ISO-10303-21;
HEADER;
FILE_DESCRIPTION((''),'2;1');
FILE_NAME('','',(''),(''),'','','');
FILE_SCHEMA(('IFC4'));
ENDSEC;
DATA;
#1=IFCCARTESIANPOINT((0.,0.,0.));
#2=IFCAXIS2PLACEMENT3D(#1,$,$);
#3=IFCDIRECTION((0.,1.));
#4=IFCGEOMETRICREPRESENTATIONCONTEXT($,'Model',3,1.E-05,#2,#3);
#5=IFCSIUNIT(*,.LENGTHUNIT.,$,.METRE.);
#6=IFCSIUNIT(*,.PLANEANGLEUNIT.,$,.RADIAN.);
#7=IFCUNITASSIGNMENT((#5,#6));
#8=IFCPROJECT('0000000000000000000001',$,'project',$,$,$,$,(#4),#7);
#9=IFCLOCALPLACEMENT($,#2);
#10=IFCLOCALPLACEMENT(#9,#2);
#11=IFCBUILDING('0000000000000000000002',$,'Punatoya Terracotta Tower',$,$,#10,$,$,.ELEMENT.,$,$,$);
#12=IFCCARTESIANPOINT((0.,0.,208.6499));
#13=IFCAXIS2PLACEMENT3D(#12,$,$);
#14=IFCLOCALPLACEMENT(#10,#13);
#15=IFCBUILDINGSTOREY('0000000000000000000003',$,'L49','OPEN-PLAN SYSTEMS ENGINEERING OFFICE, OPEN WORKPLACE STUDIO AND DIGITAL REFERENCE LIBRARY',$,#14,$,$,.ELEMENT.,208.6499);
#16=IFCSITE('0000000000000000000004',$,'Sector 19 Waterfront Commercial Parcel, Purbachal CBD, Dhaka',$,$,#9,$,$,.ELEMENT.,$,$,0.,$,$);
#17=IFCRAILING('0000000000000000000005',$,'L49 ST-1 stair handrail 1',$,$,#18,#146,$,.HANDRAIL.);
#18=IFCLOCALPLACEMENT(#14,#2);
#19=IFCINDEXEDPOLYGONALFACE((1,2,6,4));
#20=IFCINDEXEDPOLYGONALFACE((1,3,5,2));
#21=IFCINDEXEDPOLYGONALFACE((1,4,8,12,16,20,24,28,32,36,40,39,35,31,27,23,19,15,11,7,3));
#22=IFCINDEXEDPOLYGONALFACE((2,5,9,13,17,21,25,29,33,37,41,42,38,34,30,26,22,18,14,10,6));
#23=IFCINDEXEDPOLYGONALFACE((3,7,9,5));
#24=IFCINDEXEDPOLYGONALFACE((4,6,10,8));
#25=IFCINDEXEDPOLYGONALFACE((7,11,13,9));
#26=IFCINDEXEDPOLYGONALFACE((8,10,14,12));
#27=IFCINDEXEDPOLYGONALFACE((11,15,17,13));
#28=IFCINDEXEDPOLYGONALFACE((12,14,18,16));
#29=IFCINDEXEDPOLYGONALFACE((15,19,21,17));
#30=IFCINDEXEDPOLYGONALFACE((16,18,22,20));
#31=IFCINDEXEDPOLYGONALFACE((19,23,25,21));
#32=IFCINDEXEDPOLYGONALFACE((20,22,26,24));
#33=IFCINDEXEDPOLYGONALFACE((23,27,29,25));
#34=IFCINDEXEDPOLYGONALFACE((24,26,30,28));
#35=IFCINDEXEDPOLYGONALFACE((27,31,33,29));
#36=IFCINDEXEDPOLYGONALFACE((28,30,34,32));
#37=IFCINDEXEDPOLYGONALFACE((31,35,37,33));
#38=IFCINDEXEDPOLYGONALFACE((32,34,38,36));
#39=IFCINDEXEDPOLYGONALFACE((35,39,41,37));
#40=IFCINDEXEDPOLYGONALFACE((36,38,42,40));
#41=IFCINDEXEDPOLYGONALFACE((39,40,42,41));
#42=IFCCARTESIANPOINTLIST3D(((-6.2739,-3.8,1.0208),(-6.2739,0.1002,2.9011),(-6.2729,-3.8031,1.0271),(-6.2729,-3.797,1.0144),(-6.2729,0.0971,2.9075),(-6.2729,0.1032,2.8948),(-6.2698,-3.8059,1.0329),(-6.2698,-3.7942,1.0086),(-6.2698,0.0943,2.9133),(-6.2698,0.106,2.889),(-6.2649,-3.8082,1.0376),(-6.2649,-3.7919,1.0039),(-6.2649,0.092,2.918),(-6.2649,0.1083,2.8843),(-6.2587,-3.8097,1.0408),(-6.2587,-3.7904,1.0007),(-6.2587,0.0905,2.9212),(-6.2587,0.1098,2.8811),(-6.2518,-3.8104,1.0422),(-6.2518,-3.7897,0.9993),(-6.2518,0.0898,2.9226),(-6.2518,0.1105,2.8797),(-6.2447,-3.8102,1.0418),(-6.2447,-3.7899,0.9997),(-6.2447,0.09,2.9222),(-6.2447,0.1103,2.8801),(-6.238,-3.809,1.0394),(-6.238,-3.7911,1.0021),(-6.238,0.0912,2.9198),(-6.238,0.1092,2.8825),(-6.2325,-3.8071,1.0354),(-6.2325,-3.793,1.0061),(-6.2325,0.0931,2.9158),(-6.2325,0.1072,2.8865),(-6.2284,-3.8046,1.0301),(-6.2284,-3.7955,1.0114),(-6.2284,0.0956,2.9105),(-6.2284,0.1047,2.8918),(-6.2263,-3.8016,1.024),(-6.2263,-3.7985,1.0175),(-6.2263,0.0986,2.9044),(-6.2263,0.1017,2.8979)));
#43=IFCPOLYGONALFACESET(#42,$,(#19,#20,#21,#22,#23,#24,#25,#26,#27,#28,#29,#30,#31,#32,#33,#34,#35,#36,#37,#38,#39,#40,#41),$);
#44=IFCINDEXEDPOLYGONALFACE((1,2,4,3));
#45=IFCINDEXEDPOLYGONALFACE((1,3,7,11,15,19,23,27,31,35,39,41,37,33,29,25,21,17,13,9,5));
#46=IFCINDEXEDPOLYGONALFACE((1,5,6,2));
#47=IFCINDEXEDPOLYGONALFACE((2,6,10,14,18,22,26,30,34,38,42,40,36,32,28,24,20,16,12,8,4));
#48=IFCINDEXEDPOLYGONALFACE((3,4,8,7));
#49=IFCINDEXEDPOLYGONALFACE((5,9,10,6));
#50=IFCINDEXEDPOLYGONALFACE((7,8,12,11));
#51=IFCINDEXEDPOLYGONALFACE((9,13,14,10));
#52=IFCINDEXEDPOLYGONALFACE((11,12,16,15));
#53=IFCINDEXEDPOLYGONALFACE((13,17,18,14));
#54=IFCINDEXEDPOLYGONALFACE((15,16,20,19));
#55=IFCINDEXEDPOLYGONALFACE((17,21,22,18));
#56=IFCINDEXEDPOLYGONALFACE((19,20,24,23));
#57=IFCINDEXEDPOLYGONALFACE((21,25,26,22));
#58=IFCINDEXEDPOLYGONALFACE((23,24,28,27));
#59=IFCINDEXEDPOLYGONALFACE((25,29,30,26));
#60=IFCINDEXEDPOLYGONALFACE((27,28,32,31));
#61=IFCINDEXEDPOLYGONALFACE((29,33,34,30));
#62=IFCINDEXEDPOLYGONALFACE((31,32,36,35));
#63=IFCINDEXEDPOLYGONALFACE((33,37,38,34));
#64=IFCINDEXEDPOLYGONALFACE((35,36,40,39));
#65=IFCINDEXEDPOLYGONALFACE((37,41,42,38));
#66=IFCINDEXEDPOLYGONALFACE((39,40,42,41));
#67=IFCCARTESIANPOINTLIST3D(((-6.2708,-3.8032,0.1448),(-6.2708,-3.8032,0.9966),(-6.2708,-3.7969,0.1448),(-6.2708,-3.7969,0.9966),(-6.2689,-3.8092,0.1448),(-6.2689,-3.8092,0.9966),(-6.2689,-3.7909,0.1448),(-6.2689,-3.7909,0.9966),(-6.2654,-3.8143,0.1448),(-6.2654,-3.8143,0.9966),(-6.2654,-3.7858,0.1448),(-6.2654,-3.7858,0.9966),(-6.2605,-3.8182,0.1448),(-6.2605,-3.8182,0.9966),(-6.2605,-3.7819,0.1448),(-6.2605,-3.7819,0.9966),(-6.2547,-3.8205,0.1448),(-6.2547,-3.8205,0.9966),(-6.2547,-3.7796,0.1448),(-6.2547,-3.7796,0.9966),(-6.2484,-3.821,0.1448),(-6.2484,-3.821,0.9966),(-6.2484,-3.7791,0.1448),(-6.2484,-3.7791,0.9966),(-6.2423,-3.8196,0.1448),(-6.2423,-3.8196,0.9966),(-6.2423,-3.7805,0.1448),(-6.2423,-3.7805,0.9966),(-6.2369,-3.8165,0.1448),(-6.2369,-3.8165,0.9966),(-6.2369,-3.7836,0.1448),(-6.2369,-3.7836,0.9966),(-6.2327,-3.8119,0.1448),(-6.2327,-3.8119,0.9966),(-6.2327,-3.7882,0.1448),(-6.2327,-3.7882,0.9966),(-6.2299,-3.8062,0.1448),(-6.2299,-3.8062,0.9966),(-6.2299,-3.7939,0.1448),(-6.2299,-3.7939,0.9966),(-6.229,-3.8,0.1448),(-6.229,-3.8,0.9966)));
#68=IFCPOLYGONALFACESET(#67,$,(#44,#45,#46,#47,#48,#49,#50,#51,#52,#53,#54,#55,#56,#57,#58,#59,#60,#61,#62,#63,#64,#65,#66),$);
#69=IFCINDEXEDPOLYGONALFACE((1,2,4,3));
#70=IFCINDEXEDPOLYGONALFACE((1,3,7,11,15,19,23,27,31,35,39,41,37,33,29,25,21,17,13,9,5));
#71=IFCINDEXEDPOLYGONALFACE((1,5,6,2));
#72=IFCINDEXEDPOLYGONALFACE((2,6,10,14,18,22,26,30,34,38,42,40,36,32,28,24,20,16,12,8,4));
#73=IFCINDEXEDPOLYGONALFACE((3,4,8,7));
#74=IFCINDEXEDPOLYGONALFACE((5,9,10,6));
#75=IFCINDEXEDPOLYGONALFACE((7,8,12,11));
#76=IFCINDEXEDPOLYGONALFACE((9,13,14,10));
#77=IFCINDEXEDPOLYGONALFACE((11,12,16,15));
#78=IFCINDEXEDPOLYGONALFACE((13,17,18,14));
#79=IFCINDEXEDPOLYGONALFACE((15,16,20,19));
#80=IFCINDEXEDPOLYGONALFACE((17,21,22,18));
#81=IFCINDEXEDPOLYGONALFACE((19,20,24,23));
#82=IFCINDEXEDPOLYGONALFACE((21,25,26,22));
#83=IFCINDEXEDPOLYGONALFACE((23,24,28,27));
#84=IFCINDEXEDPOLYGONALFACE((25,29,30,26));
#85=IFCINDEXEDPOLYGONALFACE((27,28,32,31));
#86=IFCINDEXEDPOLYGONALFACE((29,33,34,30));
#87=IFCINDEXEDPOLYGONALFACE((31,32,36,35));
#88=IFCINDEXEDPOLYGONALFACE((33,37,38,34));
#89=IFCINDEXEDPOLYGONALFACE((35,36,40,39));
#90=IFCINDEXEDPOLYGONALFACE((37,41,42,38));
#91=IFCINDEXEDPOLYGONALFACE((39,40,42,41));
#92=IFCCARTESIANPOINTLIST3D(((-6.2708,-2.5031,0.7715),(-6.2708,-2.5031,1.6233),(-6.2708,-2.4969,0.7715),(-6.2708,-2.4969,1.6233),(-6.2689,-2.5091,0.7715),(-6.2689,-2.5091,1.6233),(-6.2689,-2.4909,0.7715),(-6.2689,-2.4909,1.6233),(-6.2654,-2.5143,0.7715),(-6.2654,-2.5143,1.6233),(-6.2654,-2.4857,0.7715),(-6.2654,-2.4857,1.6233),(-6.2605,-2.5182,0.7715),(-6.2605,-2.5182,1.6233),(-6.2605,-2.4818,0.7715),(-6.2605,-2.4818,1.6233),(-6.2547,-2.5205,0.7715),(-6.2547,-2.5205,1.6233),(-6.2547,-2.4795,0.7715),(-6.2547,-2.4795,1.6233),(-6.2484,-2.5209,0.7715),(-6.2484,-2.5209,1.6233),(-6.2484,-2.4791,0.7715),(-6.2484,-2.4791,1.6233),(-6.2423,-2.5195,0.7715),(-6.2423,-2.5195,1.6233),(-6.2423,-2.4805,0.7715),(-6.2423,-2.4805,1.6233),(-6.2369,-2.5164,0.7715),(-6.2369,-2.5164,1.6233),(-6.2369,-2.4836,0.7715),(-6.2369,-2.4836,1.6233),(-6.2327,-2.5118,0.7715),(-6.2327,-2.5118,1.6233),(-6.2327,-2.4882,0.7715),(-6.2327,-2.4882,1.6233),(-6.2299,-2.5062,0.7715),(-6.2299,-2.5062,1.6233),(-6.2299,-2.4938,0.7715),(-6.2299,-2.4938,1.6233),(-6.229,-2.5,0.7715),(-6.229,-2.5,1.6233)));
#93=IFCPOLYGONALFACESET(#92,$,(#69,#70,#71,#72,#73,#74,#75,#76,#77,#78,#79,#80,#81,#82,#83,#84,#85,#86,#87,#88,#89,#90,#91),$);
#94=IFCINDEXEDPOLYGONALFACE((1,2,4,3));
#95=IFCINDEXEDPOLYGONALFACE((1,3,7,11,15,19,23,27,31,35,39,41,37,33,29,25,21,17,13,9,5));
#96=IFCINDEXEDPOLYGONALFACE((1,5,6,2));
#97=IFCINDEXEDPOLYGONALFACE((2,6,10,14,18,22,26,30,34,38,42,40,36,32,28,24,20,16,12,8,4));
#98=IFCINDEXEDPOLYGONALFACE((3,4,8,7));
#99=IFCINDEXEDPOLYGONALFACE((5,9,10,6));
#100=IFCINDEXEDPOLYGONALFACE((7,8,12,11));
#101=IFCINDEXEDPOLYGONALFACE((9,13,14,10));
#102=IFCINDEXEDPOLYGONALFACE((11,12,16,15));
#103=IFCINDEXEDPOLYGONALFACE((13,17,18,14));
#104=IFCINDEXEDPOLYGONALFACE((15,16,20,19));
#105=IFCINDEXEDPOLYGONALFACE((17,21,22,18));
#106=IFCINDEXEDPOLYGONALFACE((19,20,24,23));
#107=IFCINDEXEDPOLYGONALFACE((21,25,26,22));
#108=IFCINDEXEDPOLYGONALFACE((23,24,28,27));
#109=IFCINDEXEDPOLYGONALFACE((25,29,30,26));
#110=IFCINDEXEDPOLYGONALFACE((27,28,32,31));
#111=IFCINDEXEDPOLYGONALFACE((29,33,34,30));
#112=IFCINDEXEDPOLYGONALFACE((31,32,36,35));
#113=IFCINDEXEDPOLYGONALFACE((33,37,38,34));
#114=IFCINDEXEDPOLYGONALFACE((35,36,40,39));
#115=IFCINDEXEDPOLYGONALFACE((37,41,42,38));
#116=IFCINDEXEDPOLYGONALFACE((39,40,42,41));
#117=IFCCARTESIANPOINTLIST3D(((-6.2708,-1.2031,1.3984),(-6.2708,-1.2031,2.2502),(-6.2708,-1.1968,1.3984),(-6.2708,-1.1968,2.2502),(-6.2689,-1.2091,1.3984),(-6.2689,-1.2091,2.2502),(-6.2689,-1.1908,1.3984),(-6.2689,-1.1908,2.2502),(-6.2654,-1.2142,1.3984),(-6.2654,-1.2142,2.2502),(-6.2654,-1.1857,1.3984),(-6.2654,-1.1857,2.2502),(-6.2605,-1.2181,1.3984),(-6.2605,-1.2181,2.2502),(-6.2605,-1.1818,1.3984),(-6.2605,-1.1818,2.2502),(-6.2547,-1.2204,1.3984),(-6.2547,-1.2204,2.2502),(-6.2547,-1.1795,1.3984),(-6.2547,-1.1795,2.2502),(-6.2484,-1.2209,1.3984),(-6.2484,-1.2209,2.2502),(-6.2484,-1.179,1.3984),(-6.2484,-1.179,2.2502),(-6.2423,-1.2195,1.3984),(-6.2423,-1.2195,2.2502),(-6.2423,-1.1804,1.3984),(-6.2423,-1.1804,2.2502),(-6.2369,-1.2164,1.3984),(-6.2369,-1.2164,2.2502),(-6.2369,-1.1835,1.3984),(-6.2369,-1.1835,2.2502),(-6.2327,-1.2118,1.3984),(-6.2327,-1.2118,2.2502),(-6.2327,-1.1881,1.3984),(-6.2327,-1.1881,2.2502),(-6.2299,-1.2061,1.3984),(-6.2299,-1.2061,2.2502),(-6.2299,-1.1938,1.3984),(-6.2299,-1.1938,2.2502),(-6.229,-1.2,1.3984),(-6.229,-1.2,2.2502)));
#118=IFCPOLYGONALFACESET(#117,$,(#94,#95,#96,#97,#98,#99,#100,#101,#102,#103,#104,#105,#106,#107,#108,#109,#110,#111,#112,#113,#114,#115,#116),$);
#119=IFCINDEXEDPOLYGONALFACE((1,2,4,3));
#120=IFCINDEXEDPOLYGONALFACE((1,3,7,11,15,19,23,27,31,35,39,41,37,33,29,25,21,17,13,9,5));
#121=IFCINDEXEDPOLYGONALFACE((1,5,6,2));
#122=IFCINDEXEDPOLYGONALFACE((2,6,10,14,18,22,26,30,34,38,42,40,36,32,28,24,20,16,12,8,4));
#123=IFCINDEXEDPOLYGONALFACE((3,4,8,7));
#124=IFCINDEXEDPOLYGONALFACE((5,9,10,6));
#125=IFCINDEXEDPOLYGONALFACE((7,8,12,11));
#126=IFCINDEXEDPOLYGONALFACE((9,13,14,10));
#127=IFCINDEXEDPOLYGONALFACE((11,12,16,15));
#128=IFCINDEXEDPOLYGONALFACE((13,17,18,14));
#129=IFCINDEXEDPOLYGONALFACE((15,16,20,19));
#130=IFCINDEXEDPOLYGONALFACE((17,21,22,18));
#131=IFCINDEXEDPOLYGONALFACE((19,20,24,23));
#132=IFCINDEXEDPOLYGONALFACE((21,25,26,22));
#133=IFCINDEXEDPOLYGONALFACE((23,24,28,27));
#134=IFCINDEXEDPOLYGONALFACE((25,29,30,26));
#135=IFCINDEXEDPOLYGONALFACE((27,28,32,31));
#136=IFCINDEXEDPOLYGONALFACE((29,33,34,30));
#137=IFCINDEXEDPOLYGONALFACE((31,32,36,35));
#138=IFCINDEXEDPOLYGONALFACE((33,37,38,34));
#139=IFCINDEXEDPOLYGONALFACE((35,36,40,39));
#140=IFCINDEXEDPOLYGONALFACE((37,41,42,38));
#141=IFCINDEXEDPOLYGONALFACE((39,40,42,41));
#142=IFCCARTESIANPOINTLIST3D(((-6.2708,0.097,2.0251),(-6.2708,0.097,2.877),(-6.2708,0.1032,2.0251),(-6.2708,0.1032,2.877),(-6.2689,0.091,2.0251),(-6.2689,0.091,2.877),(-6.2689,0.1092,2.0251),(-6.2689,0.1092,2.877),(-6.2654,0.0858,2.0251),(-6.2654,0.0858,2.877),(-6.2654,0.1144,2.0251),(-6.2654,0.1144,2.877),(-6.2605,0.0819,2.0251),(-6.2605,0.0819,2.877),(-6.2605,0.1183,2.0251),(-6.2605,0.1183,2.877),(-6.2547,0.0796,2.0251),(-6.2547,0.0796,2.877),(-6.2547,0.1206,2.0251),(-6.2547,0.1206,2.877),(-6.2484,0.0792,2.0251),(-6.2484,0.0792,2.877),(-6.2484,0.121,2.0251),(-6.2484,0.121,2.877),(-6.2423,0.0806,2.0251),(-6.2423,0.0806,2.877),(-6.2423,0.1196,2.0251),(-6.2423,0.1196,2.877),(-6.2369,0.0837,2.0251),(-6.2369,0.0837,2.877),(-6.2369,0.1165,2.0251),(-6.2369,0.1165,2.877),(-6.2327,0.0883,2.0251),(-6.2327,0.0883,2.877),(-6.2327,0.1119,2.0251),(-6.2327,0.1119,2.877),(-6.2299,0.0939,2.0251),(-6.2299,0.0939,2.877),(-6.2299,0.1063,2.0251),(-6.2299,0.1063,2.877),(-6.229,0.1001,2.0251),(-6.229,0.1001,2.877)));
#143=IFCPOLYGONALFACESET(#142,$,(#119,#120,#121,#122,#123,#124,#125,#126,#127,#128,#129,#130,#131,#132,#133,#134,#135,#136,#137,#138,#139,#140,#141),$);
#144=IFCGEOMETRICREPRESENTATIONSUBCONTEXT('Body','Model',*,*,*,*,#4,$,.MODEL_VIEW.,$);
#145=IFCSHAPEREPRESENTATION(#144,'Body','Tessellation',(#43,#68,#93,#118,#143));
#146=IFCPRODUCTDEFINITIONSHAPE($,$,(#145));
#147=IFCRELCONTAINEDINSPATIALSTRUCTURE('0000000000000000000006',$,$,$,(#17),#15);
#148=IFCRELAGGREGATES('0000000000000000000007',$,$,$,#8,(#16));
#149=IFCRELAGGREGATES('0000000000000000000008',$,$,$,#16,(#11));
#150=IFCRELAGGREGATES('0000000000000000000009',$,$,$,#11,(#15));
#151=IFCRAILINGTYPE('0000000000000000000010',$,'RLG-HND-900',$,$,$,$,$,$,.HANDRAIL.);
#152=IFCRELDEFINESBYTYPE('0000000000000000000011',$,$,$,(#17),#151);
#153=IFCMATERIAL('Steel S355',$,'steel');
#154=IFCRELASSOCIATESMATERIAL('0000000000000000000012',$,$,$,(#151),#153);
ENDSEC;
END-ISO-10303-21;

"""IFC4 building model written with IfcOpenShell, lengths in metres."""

from ifc_helpers import new_model, si_unit, direction, frame, origin, origin_2d, place, context, subcontext, project, spatial, circle, extrude, material, type_object, element, save


model = new_model("IFC4")

# Units and contexts
model_context = context("Model", 3, precision=1e-05, world=origin(), true_north=direction((0.0, 1.0)))
body_context = subcontext(model_context, "Body", "Model", "MODEL_VIEW")
ifc_project = project(units=[si_unit("LENGTHUNIT", "METRE"), si_unit("PLANEANGLEUNIT", "RADIAN")], contexts=[model_context])

# Site, building, storey
site_placement = place(None, origin())
site = spatial("IfcSite", under=ifc_project, at=site_placement, Name="Sector 19 Waterfront Commercial Parcel, Purbachal CBD, Dhaka", CompositionType="ELEMENT", RefElevation=0.0)
building_placement = place(site_placement, origin())
building = spatial("IfcBuilding", under=site, at=building_placement, Name="Punatoya Terracotta Tower", CompositionType="ELEMENT")
storey_placement = place(building_placement, frame((0.0, 0.0, 208.6499)))
storey = spatial("IfcBuildingStorey", under=building, at=storey_placement, Name="L49", Description="OPEN-PLAN SYSTEMS ENGINEERING OFFICE, OPEN WORKPLACE STUDIO AND DIGITAL REFERENCE LIBRARY", CompositionType="ELEMENT", Elevation=208.6499)

# Shared definitions
ifc_material_1 = material(Name="Steel S355", Category="steel")

# Railing
railing_type_1 = type_object("IfcRailingType", Name="RLG-HND-900", PredefinedType="HANDRAIL", material=ifc_material_1)
railing_1_placement = place(storey_placement, frame((-6.25, -3.8, 0.1448)))
element("IfcRailing", 1, at=railing_1_placement, inside=storey, type_object=railing_type_1, Name="L49 ST-1 stair handrail 1", PredefinedType="HANDRAIL", context=body_context, shape_type="SweptSolid", body=[
    extrude(circle(Radius=0.0239, at=origin_2d()), frame((0.0, 0.0, 0.876), z_axis=(0.0, 0.900774, 0.434289), x_axis=(-1.0, 0.0, 0.0)), (0.0, 0.0, 1.0), 4.3298),
    extrude(circle(Radius=0.021, at=origin_2d()), origin(), (0.0, 0.0, 1.0), 0.8518),
    extrude(circle(Radius=0.021, at=origin_2d()), frame((0.0, 1.3, 0.6267)), (0.0, 0.0, 1.0), 0.8518),
    extrude(circle(Radius=0.021, at=origin_2d()), frame((0.0, 2.6001, 1.2537)), (0.0, 0.0, 1.0), 0.8518),
    extrude(circle(Radius=0.021, at=origin_2d()), frame((0.0, 3.9001, 1.8804)), (0.0, 0.0, 1.0), 0.8518),
])

save(model, "model.ifc")
